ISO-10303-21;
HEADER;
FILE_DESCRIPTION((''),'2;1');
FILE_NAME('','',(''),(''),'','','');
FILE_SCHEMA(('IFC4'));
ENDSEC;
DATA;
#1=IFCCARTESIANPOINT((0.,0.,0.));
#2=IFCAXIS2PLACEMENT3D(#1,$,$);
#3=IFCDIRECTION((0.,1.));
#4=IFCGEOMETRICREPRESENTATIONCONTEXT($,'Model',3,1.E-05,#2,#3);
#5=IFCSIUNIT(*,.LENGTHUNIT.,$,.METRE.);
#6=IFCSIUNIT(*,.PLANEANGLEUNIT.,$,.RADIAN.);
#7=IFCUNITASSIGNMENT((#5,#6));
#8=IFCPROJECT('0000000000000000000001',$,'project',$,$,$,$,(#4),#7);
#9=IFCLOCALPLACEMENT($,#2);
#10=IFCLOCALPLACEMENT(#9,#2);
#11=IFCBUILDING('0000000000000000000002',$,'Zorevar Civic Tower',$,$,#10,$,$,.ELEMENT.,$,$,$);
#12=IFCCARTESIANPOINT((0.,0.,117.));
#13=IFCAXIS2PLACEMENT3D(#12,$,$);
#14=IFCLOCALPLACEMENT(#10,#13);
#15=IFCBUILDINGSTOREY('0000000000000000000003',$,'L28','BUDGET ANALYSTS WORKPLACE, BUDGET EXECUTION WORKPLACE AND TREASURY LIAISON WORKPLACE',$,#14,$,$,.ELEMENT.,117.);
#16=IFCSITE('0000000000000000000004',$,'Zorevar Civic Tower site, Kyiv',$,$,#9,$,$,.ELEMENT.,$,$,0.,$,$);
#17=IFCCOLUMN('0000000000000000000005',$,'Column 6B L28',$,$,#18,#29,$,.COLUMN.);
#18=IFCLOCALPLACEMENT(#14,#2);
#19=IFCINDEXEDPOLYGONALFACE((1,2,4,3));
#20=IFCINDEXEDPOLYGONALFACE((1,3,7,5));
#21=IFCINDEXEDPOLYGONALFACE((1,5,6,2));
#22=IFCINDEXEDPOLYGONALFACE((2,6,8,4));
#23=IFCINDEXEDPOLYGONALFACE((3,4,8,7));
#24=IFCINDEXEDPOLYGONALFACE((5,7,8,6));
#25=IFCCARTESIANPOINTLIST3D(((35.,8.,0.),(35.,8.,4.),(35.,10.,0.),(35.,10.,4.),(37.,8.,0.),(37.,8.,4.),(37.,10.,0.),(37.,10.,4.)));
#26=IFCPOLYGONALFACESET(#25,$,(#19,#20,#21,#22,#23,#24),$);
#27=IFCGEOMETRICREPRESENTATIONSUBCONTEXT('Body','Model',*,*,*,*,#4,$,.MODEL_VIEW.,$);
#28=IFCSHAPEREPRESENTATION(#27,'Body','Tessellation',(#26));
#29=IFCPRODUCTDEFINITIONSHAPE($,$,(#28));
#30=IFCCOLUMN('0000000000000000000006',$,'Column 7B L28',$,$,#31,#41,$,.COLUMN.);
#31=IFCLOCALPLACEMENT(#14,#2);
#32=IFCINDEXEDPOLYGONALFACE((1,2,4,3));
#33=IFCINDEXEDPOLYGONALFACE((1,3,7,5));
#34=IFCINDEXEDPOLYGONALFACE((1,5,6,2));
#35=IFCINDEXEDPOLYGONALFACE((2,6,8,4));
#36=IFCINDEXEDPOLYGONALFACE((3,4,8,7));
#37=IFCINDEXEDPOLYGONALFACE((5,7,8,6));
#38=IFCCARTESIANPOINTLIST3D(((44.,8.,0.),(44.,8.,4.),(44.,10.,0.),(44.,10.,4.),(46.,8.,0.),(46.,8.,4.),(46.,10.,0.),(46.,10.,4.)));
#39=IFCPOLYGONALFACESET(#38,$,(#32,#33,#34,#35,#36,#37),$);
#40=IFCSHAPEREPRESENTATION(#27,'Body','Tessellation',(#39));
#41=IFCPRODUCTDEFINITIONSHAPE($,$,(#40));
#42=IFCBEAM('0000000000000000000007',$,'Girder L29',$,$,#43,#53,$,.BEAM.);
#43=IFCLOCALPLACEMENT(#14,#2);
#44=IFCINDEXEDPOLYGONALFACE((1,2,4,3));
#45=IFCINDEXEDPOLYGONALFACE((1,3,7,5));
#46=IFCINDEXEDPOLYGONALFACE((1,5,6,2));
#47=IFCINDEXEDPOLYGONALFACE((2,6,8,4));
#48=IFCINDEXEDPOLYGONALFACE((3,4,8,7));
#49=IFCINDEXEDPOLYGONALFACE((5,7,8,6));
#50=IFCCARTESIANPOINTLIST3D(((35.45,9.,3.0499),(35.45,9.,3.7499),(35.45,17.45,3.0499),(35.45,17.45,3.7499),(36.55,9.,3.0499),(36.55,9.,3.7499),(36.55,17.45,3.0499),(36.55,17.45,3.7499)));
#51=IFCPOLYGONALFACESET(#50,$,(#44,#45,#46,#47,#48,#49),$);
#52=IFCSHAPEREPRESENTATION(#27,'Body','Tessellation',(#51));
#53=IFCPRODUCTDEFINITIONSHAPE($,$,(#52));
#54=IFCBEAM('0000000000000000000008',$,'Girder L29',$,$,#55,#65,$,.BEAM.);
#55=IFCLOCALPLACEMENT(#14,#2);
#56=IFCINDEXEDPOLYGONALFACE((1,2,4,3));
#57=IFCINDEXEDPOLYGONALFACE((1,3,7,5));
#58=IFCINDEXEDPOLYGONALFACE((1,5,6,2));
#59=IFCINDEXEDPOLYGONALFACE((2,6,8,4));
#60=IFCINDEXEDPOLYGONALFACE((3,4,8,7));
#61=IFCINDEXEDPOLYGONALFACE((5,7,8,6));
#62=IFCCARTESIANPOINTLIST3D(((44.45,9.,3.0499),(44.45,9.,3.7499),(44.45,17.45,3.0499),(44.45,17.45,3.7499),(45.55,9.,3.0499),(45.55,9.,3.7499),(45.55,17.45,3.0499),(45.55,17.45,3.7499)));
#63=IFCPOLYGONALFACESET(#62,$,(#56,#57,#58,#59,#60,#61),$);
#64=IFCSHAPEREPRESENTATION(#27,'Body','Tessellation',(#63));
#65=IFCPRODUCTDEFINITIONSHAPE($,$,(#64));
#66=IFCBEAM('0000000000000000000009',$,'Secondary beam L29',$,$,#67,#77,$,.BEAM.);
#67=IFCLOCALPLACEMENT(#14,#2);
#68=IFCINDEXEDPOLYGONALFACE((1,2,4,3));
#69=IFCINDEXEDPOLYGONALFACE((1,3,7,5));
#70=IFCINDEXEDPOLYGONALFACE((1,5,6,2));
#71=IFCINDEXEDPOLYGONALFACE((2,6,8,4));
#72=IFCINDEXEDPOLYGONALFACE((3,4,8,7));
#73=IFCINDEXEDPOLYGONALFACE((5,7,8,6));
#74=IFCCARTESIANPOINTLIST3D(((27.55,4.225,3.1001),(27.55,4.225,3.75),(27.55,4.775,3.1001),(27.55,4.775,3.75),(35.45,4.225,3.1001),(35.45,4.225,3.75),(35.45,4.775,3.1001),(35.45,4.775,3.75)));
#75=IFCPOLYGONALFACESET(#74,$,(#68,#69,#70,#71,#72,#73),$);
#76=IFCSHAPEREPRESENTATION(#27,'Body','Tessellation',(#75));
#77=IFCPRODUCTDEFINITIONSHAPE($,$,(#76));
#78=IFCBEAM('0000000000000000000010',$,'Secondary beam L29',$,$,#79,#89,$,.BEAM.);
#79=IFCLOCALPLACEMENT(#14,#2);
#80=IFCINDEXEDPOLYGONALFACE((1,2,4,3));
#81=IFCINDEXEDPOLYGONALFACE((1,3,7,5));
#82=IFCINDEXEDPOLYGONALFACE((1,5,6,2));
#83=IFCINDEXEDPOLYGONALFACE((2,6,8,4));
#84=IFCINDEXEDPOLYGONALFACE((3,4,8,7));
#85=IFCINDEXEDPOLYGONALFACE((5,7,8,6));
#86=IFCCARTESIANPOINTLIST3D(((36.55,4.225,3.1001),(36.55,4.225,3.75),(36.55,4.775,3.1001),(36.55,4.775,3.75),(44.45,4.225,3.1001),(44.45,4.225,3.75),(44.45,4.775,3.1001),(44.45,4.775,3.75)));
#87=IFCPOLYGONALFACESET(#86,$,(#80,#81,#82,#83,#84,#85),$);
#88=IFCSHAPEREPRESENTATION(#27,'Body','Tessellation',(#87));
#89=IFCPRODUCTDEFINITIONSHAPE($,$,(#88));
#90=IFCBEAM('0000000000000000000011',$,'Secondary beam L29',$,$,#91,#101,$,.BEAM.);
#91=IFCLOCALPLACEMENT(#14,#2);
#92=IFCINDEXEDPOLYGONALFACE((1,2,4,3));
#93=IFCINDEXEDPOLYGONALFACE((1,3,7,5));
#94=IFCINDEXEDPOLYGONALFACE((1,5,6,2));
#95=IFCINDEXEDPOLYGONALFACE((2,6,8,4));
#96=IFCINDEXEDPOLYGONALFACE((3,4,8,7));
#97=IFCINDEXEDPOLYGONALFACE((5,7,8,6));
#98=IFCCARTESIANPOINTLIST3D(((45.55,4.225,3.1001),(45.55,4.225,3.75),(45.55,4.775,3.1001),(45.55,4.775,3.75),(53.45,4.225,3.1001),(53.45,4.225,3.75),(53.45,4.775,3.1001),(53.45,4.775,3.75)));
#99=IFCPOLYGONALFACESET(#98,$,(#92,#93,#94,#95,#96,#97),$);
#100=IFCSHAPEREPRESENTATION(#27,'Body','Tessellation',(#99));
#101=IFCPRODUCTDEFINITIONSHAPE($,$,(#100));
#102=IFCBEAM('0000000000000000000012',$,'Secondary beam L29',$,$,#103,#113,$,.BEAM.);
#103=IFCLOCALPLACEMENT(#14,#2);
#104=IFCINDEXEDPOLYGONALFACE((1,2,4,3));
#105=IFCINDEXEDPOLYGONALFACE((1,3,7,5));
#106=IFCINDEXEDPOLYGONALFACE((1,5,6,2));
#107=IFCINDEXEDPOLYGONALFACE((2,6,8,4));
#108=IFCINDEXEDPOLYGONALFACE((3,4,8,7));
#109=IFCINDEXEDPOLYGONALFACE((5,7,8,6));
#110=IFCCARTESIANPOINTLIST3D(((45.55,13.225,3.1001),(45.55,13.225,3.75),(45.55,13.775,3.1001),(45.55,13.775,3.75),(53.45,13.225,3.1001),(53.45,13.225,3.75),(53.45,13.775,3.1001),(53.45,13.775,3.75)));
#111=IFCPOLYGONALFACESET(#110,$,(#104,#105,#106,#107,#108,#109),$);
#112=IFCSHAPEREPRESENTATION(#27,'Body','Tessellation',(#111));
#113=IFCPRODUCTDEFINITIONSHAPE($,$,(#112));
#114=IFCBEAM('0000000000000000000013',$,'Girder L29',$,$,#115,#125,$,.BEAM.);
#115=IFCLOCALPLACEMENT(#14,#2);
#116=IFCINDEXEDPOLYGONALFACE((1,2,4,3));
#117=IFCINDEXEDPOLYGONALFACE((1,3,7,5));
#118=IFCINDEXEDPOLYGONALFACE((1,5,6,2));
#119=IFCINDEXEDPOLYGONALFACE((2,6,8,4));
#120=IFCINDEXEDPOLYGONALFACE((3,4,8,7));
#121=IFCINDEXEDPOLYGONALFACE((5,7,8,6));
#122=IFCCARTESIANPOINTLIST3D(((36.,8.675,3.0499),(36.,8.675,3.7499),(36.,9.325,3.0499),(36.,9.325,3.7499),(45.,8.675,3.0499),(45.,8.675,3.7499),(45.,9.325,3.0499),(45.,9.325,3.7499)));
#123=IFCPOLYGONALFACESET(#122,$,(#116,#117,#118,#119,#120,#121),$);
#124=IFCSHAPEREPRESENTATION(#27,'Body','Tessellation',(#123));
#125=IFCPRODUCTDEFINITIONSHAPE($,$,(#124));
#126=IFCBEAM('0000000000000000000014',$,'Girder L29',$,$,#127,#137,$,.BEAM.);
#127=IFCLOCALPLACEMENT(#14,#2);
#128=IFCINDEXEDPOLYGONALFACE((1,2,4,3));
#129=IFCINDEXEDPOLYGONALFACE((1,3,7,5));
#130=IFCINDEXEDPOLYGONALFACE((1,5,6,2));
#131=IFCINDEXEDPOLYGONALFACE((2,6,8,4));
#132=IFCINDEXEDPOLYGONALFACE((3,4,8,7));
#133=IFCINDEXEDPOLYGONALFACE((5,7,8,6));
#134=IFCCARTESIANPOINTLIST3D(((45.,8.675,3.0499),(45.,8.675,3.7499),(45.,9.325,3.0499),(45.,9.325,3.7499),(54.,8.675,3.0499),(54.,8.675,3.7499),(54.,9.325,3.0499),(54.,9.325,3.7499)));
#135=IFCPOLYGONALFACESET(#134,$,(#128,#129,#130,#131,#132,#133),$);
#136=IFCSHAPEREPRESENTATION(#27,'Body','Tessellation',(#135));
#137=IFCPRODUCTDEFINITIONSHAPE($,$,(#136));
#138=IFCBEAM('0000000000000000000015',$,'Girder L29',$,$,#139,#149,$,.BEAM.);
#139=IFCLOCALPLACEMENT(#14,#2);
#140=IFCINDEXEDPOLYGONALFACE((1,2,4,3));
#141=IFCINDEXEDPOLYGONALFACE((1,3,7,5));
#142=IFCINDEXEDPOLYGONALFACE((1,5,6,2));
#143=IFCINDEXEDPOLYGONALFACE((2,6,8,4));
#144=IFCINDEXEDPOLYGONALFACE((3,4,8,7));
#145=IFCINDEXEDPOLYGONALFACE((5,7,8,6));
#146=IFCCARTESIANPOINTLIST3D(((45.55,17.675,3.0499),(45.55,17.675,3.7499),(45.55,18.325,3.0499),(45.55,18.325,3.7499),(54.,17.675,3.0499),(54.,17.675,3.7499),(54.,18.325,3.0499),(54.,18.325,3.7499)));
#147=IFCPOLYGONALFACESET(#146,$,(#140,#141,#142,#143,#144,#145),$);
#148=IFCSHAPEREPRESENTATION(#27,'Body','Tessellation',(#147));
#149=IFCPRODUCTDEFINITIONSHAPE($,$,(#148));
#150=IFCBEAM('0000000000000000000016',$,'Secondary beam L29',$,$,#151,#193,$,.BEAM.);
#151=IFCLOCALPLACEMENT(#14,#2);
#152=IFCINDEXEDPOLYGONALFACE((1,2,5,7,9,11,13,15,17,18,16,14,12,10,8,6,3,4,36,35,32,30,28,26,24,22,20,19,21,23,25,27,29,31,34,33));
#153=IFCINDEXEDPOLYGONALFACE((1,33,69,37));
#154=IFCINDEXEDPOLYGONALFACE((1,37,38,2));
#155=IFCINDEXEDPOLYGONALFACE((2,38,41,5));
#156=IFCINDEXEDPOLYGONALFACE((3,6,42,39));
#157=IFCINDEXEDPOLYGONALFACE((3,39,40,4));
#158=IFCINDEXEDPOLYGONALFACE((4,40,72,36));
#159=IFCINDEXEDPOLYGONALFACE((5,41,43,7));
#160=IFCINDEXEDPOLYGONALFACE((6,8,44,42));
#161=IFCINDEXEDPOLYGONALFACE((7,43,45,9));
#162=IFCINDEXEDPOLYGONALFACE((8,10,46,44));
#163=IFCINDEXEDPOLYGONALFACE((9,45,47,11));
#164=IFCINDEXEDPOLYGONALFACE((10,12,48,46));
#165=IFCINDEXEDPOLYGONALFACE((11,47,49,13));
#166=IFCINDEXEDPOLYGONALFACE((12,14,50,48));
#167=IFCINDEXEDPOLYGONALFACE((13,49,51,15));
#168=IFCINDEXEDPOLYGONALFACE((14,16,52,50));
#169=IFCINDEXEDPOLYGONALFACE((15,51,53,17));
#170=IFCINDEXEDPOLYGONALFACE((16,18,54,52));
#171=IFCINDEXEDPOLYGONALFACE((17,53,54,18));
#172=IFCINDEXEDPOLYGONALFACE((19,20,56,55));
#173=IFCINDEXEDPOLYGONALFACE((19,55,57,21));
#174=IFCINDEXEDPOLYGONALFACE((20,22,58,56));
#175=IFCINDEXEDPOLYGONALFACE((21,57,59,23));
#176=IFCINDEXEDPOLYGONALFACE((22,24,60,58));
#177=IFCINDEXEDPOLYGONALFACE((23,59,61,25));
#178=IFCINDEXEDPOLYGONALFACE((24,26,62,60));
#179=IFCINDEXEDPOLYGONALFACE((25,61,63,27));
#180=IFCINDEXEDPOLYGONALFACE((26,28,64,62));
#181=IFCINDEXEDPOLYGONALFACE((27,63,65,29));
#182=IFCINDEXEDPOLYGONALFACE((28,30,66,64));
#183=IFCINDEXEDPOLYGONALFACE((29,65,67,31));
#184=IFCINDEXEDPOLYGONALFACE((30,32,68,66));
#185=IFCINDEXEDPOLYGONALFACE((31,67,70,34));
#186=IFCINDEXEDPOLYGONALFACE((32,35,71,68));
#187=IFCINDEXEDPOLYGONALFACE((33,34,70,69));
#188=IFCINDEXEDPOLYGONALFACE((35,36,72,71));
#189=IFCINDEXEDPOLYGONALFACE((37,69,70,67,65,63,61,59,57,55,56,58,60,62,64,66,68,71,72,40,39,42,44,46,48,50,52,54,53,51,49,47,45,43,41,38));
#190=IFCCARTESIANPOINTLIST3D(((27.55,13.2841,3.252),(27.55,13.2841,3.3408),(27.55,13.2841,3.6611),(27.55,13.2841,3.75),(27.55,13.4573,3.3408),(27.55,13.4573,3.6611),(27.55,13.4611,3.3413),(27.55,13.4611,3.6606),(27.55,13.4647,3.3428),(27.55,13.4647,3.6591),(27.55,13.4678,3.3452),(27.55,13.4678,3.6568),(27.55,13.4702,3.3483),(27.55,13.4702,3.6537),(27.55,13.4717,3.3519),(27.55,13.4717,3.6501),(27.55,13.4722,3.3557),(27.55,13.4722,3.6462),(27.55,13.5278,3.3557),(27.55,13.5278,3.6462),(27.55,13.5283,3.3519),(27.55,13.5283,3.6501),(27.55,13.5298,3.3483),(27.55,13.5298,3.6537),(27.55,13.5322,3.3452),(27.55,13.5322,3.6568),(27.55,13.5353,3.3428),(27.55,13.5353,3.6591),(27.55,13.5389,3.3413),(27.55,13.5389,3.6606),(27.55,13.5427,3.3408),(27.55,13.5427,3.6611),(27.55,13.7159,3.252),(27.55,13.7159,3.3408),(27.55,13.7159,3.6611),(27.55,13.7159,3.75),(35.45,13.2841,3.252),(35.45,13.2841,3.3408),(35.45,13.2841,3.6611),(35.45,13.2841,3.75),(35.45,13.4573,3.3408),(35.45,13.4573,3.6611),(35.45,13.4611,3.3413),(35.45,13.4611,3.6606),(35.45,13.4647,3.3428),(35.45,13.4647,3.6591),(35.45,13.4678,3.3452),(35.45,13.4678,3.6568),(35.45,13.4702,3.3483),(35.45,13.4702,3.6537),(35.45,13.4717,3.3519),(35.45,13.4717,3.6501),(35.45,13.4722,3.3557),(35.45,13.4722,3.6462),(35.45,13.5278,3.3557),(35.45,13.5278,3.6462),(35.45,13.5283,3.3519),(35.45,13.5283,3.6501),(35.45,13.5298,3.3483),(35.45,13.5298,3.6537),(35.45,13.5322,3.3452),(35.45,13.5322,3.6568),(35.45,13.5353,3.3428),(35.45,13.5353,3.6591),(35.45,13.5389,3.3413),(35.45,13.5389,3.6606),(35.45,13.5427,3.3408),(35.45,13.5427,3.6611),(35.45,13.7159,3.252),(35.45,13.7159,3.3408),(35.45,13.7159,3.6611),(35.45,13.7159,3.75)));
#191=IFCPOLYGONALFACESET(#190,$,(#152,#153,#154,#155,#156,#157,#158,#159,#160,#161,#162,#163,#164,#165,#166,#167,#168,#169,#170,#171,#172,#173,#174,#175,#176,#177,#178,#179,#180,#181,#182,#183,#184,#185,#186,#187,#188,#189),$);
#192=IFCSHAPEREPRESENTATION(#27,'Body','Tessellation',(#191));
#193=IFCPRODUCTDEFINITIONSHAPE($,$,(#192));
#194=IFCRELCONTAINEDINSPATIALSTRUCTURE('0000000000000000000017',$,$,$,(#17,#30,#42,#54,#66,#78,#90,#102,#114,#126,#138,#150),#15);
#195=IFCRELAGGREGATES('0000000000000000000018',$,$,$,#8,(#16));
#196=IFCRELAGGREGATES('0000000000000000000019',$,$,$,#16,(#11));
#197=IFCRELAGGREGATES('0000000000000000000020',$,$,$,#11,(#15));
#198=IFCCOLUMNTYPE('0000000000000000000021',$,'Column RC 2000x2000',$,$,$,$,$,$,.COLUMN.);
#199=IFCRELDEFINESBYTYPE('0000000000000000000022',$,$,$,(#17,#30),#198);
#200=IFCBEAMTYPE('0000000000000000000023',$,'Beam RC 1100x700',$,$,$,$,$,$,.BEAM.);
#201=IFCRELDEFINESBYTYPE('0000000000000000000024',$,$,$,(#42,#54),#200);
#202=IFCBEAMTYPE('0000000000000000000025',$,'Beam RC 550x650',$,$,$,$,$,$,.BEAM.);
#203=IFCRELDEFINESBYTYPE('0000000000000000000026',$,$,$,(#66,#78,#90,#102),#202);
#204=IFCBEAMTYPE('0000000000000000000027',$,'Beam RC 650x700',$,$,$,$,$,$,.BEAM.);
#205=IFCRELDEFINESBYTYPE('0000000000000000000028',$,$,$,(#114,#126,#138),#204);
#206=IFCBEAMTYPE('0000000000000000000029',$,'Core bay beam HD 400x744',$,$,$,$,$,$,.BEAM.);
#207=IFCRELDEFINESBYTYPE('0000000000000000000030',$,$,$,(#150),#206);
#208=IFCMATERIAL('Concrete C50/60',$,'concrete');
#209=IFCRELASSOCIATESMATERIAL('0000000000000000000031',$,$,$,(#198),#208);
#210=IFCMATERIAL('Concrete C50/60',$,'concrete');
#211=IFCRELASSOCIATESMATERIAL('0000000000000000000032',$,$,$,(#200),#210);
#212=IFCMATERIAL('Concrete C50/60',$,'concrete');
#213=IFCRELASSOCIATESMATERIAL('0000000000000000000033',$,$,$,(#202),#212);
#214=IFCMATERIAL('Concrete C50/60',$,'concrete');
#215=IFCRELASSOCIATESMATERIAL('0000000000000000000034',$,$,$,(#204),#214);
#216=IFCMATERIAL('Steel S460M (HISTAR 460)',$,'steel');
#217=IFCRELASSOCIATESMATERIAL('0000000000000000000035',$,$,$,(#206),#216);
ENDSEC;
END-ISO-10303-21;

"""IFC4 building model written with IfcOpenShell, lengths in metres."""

from ifc_helpers import new_model, si_unit, direction, frame, origin, origin_2d, place, context, subcontext, project, spatial, rectangle, i_section, extrude, material, material_profile, profile_set, type_object, element, save


model = new_model("IFC4")

# Units and contexts
model_context = context("Model", 3, precision=1e-05, world=origin(), true_north=direction((0.0, 1.0)))
body_context = subcontext(model_context, "Body", "Model", "MODEL_VIEW")
ifc_project = project(units=[si_unit("LENGTHUNIT", "METRE"), si_unit("PLANEANGLEUNIT", "RADIAN")], contexts=[model_context])

# Site, building, storey
site_placement = place(None, origin())
site = spatial("IfcSite", under=ifc_project, at=site_placement, Name="Zorevar Civic Tower site, Kyiv", CompositionType="ELEMENT", RefElevation=0.0)
building_placement = place(site_placement, origin())
building = spatial("IfcBuilding", under=site, at=building_placement, Name="Zorevar Civic Tower", CompositionType="ELEMENT")
storey_placement = place(building_placement, frame((0.0, 0.0, 117.0)))
storey = spatial("IfcBuildingStorey", under=building, at=storey_placement, Name="L28", Description="BUDGET ANALYSTS WORKPLACE, BUDGET EXECUTION WORKPLACE AND TREASURY LIAISON WORKPLACE", CompositionType="ELEMENT", Elevation=117.0)

# Columns
ifc_material_1 = material(Name="Concrete C50/60", Category="concrete")
ifc_material_profile_1 = material_profile(ifc_material_1, rectangle(XDim=2.0, YDim=2.0, at=origin_2d()), Name="RC 2000x2000")
ifc_profile_set_1 = profile_set([ifc_material_profile_1], Name="Concrete C50/60")
column_type = type_object("IfcColumnType", Name="Column RC 2000x2000", PredefinedType="COLUMN", material=ifc_profile_set_1)
for number, where, z_axis, x_axis, name in (
    (1, (36.0, 9.0, 0.0), (0.0, 0.0, 1.0), (1.0, 0.0, 0.0), "Column 6B L28"),
    (2, (45.0, 9.0, 0.0), (0.0, 0.0, 1.0), (1.0, 0.0, 0.0), "Column 7B L28"),
):
    element("IfcColumn", number, at=place(storey_placement, frame(where, z_axis=z_axis, x_axis=x_axis)), inside=storey, type_object=column_type, Name=name, PredefinedType="COLUMN", context=body_context, shape_type="SweptSolid", body=[
        extrude(rectangle(XDim=2.0, YDim=2.0, at=origin_2d()), origin(), (0.0, 0.0, 1.0), 4.0),
    ])

# Beams
ifc_material_2 = material(Name="Concrete C50/60", Category="concrete")
ifc_material_profile_2 = material_profile(ifc_material_2, rectangle(XDim=1.1001, YDim=0.7, at=origin_2d()), Name="RC 1100x700")
ifc_profile_set_2 = profile_set([ifc_material_profile_2], Name="Concrete C50/60")
beam_type_1 = type_object("IfcBeamType", Name="Beam RC 1100x700", PredefinedType="BEAM", material=ifc_profile_set_2)
for number, where, z_axis, x_axis, name in (
    (3, (36.0, 9.0, 3.3999), (0.0, 1.0, 0.0), (-1.0, 0.0, 0.0), "Girder L29"),
    (4, (45.0, 9.0, 3.3999), (0.0, 1.0, 0.0), (-1.0, 0.0, 0.0), "Girder L29"),
):
    element("IfcBeam", number, at=place(storey_placement, frame(where, z_axis=z_axis, x_axis=x_axis)), inside=storey, type_object=beam_type_1, Name=name, PredefinedType="BEAM", context=body_context, shape_type="SweptSolid", body=[
        extrude(rectangle(XDim=1.1001, YDim=0.7, at=origin_2d()), origin(), (0.0, 0.0, 1.0), 8.45),
    ])
ifc_material_3 = material(Name="Concrete C50/60", Category="concrete")
ifc_material_profile_3 = material_profile(ifc_material_3, rectangle(XDim=0.55, YDim=0.6499, at=origin_2d()), Name="RC 550x650")
ifc_profile_set_3 = profile_set([ifc_material_profile_3], Name="Concrete C50/60")
beam_type_2 = type_object("IfcBeamType", Name="Beam RC 550x650", PredefinedType="BEAM", material=ifc_profile_set_3)
for number, where, z_axis, x_axis, name in (
    (5, (27.55, 4.5, 3.425), (1.0, 0.0, 0.0), (0.0, 1.0, 0.0), "Secondary beam L29"),
    (6, (36.55, 4.5, 3.425), (1.0, 0.0, 0.0), (0.0, 1.0, 0.0), "Secondary beam L29"),
    (7, (45.55, 4.5, 3.425), (1.0, 0.0, 0.0), (0.0, 1.0, 0.0), "Secondary beam L29"),
    (8, (45.55, 13.5, 3.425), (1.0, 0.0, 0.0), (0.0, 1.0, 0.0), "Secondary beam L29"),
):
    element("IfcBeam", number, at=place(storey_placement, frame(where, z_axis=z_axis, x_axis=x_axis)), inside=storey, type_object=beam_type_2, Name=name, PredefinedType="BEAM", context=body_context, shape_type="SweptSolid", body=[
        extrude(rectangle(XDim=0.55, YDim=0.6499, at=origin_2d()), origin(), (0.0, 0.0, 1.0), 7.8999),
    ])
ifc_material_4 = material(Name="Concrete C50/60", Category="concrete")
ifc_material_profile_4 = material_profile(ifc_material_4, rectangle(XDim=0.6499, YDim=0.7, at=origin_2d()), Name="RC 650x700")
ifc_profile_set_4 = profile_set([ifc_material_profile_4], Name="Concrete C50/60")
beam_type_3 = type_object("IfcBeamType", Name="Beam RC 650x700", PredefinedType="BEAM", material=ifc_profile_set_4)
for number, where, z_axis, x_axis, name in (
    (9, (36.0, 9.0, 3.3999), (1.0, 0.0, 0.0), (0.0, 1.0, 0.0), "Girder L29"),
    (10, (45.0, 9.0, 3.3999), (1.0, 0.0, 0.0), (0.0, 1.0, 0.0), "Girder L29"),
):
    element("IfcBeam", number, at=place(storey_placement, frame(where, z_axis=z_axis, x_axis=x_axis)), inside=storey, type_object=beam_type_3, Name=name, PredefinedType="BEAM", context=body_context, shape_type="SweptSolid", body=[
        extrude(rectangle(XDim=0.6499, YDim=0.7, at=origin_2d()), origin(), (0.0, 0.0, 1.0), 9.0),
    ])
beam_placement = place(storey_placement, frame((45.55, 18.0, 3.3999), z_axis=(1.0, 0.0, 0.0), x_axis=(0.0, 1.0, 0.0)))
element("IfcBeam", 11, at=beam_placement, inside=storey, type_object=beam_type_3, Name="Girder L29", PredefinedType="BEAM", context=body_context, shape_type="SweptSolid", body=[
    extrude(rectangle(XDim=0.6499, YDim=0.7, at=origin_2d()), origin(), (0.0, 0.0, 1.0), 8.45),
])
ifc_material_5 = material(Name="Steel S460M (HISTAR 460)", Category="steel")
ifc_material_profile_5 = material_profile(ifc_material_5, i_section(OverallWidth=0.4319, OverallDepth=0.498, WebThickness=0.0557, FlangeThickness=0.0889, FilletRadius=0.0149, at=origin_2d()), Name="HD 400x744")
ifc_profile_set_5 = profile_set([ifc_material_profile_5], Name="Steel S460M (HISTAR 460)")
beam_type_4 = type_object("IfcBeamType", Name="Core bay beam HD 400x744", PredefinedType="BEAM", material=ifc_profile_set_5)
for number, where, z_axis, x_axis, name in (
    (12, (27.55, 13.5, 3.501), (1.0, 0.0, 0.0), (0.0, 1.0, 0.0), "Secondary beam L29"),
):
    element("IfcBeam", number, at=place(storey_placement, frame(where, z_axis=z_axis, x_axis=x_axis)), inside=storey, type_object=beam_type_4, Name=name, PredefinedType="BEAM", context=body_context, shape_type="SweptSolid", body=[
        extrude(i_section(OverallWidth=0.4319, OverallDepth=0.498, WebThickness=0.0557, FlangeThickness=0.0889, FilletRadius=0.0149, at=origin_2d()), origin(), (0.0, 0.0, 1.0), 7.8999),
    ])

save(model, "model.ifc")
